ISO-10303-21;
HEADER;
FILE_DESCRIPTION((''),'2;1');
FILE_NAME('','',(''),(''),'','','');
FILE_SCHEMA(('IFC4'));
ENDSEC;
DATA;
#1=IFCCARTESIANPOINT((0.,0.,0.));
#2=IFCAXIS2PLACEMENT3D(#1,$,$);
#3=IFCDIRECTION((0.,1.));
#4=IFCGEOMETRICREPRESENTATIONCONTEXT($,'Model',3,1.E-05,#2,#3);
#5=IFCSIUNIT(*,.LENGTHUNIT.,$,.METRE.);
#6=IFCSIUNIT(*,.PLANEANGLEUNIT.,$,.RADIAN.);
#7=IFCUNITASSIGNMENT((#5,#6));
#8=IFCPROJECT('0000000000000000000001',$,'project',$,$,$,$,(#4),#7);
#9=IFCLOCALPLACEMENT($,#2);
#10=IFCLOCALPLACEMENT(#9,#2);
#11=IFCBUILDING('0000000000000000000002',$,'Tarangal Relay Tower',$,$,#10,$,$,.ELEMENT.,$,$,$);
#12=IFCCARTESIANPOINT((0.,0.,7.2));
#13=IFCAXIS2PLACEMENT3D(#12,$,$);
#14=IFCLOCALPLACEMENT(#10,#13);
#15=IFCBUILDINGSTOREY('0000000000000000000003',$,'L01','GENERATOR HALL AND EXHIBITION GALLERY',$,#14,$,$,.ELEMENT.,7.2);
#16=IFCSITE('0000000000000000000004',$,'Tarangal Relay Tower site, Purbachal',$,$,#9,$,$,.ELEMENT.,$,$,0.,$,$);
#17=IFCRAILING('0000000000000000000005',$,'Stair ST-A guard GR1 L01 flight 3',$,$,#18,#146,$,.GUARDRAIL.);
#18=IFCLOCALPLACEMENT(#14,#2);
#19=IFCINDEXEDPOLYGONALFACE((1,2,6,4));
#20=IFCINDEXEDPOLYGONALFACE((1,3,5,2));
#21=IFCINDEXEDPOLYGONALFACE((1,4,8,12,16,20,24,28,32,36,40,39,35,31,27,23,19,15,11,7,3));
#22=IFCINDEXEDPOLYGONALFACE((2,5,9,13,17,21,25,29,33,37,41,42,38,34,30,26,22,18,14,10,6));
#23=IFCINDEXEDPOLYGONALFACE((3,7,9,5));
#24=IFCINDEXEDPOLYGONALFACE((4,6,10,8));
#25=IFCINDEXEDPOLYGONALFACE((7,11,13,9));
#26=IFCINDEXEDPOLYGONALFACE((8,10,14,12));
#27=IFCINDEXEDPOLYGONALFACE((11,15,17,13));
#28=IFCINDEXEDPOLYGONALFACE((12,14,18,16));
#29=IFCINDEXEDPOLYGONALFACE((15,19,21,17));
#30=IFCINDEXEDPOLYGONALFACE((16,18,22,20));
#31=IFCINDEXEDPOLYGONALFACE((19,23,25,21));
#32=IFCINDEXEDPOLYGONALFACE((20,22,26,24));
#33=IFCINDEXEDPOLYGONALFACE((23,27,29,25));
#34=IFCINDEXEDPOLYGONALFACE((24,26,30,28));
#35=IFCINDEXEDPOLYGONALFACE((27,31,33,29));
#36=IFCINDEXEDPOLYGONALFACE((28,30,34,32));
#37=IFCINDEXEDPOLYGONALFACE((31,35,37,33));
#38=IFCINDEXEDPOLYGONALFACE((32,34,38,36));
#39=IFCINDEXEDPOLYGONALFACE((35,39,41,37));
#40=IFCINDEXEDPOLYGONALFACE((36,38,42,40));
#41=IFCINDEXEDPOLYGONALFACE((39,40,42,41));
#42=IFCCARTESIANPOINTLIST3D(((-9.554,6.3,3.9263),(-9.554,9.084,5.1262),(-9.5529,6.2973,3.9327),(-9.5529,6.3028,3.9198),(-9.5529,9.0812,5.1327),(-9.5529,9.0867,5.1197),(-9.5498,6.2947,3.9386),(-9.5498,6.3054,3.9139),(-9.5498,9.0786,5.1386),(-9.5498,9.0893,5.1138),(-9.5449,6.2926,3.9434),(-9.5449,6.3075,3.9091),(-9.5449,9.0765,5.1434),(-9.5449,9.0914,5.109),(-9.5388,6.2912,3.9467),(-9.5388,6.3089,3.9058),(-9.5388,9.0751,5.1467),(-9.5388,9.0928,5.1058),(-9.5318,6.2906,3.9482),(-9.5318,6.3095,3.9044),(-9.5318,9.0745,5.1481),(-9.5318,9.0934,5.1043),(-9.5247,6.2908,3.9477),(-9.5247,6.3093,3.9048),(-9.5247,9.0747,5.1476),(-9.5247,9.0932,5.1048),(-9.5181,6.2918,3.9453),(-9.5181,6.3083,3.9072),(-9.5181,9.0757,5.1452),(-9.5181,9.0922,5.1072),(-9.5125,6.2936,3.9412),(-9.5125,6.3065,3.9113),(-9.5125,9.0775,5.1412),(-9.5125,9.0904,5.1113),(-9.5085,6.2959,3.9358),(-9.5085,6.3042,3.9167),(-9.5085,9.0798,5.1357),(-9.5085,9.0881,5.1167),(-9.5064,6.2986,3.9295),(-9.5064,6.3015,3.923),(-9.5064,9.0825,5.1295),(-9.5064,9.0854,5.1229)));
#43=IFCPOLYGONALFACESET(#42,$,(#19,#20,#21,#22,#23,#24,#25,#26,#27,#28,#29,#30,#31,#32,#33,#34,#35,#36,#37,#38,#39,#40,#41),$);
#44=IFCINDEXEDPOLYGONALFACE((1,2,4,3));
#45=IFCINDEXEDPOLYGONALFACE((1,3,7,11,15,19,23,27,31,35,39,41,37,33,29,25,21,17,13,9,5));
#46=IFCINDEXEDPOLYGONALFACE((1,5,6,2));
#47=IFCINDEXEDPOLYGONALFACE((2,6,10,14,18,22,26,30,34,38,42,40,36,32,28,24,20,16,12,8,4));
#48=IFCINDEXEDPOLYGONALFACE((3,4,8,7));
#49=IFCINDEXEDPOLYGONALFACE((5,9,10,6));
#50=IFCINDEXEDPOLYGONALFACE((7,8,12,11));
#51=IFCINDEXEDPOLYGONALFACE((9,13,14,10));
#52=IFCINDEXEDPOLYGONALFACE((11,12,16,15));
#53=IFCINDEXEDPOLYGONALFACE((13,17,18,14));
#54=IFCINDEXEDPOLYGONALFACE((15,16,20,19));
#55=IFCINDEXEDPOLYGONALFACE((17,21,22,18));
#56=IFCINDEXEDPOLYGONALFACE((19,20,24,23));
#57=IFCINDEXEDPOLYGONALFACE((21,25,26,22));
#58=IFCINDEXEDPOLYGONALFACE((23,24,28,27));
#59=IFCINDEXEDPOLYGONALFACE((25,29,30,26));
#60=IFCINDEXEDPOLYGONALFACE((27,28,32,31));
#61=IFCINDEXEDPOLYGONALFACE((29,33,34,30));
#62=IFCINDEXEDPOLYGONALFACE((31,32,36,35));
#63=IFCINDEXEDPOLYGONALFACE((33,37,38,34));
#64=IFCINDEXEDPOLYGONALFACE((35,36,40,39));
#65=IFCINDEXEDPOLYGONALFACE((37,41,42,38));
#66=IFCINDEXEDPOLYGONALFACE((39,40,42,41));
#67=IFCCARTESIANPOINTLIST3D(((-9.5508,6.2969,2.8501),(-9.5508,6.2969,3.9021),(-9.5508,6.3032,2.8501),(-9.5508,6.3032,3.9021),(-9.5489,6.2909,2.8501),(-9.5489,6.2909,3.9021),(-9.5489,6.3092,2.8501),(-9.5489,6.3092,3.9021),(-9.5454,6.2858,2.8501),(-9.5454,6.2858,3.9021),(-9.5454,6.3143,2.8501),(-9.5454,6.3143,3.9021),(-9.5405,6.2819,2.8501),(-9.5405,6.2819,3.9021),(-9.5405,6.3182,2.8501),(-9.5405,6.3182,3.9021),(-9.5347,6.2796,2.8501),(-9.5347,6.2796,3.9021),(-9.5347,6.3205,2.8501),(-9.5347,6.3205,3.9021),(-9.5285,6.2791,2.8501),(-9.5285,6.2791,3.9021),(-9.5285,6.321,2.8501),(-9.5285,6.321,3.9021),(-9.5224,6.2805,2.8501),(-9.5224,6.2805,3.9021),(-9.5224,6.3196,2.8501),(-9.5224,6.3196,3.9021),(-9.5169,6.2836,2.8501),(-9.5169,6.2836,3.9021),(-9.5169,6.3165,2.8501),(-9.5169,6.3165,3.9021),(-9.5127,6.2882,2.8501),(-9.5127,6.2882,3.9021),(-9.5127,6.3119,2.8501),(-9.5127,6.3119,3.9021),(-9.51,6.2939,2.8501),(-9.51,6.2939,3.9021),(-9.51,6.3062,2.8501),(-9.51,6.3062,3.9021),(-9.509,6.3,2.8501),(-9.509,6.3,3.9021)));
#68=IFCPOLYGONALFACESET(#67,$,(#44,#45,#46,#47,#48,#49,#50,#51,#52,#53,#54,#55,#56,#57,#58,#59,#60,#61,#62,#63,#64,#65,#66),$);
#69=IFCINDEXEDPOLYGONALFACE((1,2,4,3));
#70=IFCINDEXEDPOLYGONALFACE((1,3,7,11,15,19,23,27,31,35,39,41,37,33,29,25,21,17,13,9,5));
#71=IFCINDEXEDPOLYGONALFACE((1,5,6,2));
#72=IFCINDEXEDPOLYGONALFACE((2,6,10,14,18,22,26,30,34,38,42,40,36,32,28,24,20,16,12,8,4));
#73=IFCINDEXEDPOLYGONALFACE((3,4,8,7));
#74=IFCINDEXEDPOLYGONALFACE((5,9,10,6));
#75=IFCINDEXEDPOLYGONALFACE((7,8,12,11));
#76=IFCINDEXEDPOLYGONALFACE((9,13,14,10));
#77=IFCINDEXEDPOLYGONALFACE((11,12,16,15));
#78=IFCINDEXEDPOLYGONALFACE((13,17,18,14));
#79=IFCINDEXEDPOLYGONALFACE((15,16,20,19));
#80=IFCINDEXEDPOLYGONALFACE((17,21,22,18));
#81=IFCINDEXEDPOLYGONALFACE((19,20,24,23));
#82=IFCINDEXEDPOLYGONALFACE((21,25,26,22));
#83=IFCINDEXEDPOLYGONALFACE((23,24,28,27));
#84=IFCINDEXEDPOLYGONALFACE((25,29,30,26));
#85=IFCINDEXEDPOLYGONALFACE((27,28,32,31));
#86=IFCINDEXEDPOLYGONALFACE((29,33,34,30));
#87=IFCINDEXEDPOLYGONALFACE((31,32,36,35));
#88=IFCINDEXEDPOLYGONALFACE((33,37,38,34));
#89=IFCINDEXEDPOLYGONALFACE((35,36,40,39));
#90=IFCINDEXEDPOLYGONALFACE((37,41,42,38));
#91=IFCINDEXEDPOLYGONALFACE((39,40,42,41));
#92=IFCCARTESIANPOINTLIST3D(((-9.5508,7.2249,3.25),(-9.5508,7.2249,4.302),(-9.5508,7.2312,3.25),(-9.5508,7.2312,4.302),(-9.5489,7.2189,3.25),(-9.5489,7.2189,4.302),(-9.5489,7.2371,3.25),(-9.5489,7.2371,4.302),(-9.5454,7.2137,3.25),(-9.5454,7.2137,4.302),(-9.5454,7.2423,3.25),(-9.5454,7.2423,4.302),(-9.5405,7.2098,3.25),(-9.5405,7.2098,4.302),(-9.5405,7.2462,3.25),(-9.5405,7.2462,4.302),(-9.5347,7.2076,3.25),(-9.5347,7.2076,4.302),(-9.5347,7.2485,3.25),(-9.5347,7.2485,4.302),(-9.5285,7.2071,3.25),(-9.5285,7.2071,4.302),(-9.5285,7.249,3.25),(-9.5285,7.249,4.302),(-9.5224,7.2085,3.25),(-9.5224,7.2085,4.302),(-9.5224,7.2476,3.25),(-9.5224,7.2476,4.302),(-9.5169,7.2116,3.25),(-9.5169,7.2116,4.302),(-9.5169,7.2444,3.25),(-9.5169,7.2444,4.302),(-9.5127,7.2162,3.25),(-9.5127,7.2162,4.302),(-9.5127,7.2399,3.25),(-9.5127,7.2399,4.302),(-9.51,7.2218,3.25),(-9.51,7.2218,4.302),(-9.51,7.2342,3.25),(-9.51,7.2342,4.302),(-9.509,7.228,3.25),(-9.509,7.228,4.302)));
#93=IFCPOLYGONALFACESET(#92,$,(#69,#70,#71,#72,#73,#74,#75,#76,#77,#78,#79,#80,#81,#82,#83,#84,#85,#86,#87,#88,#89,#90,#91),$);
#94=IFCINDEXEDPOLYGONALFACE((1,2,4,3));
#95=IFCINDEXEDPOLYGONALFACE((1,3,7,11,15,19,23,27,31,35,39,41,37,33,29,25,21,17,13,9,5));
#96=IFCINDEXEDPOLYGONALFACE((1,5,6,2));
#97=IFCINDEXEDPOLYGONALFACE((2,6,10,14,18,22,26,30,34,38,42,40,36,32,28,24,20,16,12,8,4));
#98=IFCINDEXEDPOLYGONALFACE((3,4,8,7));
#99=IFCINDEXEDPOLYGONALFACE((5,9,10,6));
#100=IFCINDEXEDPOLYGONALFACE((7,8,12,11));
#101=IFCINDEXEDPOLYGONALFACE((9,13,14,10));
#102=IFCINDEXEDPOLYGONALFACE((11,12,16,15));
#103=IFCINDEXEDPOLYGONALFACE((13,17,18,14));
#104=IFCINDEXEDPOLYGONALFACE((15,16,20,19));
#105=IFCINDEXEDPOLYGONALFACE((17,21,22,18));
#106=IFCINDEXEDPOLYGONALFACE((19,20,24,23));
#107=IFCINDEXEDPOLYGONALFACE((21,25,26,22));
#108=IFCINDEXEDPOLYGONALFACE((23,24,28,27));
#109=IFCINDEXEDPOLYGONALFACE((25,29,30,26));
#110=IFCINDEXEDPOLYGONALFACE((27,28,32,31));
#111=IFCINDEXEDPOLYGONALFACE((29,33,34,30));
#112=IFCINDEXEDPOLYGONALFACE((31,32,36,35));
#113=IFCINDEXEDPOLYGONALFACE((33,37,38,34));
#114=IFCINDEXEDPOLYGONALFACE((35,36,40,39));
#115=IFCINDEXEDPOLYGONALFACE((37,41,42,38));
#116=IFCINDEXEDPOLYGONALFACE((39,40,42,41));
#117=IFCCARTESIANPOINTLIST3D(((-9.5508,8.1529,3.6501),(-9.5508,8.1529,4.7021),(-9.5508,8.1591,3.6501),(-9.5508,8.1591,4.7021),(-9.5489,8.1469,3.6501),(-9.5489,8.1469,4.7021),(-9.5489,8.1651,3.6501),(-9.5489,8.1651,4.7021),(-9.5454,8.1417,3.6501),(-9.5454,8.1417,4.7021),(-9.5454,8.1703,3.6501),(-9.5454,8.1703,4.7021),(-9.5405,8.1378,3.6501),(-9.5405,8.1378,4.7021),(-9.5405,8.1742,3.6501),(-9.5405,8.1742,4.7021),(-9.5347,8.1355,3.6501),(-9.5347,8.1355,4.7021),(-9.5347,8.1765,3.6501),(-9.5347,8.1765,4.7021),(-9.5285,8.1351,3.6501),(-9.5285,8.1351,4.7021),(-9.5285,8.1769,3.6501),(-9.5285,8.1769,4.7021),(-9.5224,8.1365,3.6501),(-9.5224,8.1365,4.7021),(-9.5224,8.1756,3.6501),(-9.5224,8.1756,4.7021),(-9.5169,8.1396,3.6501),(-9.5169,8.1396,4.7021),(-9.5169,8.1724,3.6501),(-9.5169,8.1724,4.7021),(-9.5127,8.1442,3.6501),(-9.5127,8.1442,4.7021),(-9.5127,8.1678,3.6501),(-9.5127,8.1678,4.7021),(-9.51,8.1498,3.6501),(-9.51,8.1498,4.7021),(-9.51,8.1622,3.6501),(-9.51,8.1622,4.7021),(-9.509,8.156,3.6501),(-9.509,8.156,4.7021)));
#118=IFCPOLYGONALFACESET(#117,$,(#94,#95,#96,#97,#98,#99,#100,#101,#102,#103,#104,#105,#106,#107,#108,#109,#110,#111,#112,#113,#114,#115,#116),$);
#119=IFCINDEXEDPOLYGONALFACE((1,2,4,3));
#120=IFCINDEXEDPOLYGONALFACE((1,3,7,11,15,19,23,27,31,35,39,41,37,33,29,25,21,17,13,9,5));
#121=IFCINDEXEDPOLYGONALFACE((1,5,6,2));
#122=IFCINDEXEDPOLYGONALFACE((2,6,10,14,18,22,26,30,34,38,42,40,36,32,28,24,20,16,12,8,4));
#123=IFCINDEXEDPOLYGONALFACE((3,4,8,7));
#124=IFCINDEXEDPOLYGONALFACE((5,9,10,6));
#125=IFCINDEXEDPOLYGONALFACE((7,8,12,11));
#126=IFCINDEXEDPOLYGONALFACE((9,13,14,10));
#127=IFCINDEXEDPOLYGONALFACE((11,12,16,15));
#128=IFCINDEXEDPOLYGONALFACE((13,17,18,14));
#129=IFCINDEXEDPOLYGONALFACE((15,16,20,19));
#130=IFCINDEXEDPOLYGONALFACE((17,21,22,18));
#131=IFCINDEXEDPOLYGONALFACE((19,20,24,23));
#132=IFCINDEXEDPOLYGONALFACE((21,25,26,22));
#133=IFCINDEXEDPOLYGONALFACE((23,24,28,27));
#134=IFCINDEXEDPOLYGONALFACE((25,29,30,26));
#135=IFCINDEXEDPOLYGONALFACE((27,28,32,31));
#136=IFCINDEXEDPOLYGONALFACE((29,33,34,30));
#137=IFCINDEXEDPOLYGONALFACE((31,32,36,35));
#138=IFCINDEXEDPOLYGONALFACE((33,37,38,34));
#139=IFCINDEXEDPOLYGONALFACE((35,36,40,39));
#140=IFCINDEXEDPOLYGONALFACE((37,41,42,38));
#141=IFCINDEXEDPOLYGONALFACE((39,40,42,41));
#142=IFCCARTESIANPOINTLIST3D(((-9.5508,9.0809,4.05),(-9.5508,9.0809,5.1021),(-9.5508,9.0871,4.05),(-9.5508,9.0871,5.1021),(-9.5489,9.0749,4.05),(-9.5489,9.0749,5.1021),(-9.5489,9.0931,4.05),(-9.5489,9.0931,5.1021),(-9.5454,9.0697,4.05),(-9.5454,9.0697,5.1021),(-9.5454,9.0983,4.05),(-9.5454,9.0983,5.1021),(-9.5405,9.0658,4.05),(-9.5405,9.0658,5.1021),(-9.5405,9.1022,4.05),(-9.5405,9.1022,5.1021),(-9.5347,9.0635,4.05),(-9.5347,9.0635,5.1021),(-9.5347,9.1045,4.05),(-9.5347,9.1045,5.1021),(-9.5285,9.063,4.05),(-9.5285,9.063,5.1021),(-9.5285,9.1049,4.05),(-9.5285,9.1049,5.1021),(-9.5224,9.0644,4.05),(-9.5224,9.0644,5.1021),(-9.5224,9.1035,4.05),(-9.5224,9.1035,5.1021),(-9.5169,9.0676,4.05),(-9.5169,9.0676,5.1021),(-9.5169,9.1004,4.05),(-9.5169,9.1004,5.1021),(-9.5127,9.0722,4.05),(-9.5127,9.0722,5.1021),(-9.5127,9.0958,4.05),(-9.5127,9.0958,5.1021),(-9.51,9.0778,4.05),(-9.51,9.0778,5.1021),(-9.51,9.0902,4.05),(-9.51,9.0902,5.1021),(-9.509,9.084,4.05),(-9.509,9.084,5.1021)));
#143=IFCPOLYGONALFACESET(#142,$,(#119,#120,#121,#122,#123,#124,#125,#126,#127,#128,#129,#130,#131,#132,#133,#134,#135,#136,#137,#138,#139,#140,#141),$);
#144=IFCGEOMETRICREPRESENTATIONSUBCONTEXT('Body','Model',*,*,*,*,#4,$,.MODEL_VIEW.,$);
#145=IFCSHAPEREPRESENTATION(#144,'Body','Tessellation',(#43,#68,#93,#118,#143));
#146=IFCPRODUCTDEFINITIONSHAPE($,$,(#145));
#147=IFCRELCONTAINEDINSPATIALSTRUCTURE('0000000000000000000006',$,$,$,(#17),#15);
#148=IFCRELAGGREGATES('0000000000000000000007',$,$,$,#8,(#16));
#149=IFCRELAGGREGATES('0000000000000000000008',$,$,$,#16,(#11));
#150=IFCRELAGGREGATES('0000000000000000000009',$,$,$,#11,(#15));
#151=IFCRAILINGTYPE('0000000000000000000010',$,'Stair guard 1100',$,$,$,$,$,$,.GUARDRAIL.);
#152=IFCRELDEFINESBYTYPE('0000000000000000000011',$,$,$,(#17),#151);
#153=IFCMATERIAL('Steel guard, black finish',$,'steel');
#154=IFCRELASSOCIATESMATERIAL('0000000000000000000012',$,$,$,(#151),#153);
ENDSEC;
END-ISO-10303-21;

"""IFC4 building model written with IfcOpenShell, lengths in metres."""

from ifc_helpers import new_model, si_unit, direction, frame, origin, origin_2d, place, context, subcontext, project, spatial, circle, extrude, material, type_object, element, save


model = new_model("IFC4")

# Units and contexts
model_context = context("Model", 3, precision=1e-05, world=origin(), true_north=direction((0.0, 1.0)))
body_context = subcontext(model_context, "Body", "Model", "MODEL_VIEW")
ifc_project = project(units=[si_unit("LENGTHUNIT", "METRE"), si_unit("PLANEANGLEUNIT", "RADIAN")], contexts=[model_context])

# Site, building, storey
site_placement = place(None, origin())
site = spatial("IfcSite", under=ifc_project, at=site_placement, Name="Tarangal Relay Tower site, Purbachal", CompositionType="ELEMENT", RefElevation=0.0)
building_placement = place(site_placement, origin())
building = spatial("IfcBuilding", under=site, at=building_placement, Name="Tarangal Relay Tower", CompositionType="ELEMENT")
storey_placement = place(building_placement, frame((0.0, 0.0, 7.2)))
storey = spatial("IfcBuildingStorey", under=building, at=storey_placement, Name="L01", Description="GENERATOR HALL AND EXHIBITION GALLERY", CompositionType="ELEMENT", Elevation=7.2)

# Railing
ifc_material_1 = material(Name="Steel guard, black finish", Category="steel")
railing_type_1 = type_object("IfcRailingType", Name="Stair guard 1100", PredefinedType="GUARDRAIL", material=ifc_material_1)
for number, where, name in (
    (1, (-9.53, 6.3, 2.8501), "Stair ST-A guard GR1 L01 flight 3"),
):
    element("IfcRailing", number, at=place(storey_placement, frame(where)), inside=storey, type_object=railing_type_1, Name=name, PredefinedType="GUARDRAIL", context=body_context, shape_type="SweptSolid", body=[
        extrude(circle(Radius=0.0239, at=origin_2d()), frame((0.0, 0.0, 1.0762), z_axis=(0.0, 0.918327, 0.395823), x_axis=(-1.0, 0.0, 0.0)), (0.0, 0.0, 1.0), 3.0315),
        extrude(circle(Radius=0.021, at=origin_2d()), origin(), (0.0, 0.0, 1.0), 1.052),
        extrude(circle(Radius=0.021, at=origin_2d()), frame((0.0, 0.928, 0.3999)), (0.0, 0.0, 1.0), 1.052),
        extrude(circle(Radius=0.021, at=origin_2d()), frame((0.0, 1.856, 0.8)), (0.0, 0.0, 1.0), 1.052),
        extrude(circle(Radius=0.021, at=origin_2d()), frame((0.0, 2.7839, 1.2)), (0.0, 0.0, 1.0), 1.052),
    ])

save(model, "model.ifc")
